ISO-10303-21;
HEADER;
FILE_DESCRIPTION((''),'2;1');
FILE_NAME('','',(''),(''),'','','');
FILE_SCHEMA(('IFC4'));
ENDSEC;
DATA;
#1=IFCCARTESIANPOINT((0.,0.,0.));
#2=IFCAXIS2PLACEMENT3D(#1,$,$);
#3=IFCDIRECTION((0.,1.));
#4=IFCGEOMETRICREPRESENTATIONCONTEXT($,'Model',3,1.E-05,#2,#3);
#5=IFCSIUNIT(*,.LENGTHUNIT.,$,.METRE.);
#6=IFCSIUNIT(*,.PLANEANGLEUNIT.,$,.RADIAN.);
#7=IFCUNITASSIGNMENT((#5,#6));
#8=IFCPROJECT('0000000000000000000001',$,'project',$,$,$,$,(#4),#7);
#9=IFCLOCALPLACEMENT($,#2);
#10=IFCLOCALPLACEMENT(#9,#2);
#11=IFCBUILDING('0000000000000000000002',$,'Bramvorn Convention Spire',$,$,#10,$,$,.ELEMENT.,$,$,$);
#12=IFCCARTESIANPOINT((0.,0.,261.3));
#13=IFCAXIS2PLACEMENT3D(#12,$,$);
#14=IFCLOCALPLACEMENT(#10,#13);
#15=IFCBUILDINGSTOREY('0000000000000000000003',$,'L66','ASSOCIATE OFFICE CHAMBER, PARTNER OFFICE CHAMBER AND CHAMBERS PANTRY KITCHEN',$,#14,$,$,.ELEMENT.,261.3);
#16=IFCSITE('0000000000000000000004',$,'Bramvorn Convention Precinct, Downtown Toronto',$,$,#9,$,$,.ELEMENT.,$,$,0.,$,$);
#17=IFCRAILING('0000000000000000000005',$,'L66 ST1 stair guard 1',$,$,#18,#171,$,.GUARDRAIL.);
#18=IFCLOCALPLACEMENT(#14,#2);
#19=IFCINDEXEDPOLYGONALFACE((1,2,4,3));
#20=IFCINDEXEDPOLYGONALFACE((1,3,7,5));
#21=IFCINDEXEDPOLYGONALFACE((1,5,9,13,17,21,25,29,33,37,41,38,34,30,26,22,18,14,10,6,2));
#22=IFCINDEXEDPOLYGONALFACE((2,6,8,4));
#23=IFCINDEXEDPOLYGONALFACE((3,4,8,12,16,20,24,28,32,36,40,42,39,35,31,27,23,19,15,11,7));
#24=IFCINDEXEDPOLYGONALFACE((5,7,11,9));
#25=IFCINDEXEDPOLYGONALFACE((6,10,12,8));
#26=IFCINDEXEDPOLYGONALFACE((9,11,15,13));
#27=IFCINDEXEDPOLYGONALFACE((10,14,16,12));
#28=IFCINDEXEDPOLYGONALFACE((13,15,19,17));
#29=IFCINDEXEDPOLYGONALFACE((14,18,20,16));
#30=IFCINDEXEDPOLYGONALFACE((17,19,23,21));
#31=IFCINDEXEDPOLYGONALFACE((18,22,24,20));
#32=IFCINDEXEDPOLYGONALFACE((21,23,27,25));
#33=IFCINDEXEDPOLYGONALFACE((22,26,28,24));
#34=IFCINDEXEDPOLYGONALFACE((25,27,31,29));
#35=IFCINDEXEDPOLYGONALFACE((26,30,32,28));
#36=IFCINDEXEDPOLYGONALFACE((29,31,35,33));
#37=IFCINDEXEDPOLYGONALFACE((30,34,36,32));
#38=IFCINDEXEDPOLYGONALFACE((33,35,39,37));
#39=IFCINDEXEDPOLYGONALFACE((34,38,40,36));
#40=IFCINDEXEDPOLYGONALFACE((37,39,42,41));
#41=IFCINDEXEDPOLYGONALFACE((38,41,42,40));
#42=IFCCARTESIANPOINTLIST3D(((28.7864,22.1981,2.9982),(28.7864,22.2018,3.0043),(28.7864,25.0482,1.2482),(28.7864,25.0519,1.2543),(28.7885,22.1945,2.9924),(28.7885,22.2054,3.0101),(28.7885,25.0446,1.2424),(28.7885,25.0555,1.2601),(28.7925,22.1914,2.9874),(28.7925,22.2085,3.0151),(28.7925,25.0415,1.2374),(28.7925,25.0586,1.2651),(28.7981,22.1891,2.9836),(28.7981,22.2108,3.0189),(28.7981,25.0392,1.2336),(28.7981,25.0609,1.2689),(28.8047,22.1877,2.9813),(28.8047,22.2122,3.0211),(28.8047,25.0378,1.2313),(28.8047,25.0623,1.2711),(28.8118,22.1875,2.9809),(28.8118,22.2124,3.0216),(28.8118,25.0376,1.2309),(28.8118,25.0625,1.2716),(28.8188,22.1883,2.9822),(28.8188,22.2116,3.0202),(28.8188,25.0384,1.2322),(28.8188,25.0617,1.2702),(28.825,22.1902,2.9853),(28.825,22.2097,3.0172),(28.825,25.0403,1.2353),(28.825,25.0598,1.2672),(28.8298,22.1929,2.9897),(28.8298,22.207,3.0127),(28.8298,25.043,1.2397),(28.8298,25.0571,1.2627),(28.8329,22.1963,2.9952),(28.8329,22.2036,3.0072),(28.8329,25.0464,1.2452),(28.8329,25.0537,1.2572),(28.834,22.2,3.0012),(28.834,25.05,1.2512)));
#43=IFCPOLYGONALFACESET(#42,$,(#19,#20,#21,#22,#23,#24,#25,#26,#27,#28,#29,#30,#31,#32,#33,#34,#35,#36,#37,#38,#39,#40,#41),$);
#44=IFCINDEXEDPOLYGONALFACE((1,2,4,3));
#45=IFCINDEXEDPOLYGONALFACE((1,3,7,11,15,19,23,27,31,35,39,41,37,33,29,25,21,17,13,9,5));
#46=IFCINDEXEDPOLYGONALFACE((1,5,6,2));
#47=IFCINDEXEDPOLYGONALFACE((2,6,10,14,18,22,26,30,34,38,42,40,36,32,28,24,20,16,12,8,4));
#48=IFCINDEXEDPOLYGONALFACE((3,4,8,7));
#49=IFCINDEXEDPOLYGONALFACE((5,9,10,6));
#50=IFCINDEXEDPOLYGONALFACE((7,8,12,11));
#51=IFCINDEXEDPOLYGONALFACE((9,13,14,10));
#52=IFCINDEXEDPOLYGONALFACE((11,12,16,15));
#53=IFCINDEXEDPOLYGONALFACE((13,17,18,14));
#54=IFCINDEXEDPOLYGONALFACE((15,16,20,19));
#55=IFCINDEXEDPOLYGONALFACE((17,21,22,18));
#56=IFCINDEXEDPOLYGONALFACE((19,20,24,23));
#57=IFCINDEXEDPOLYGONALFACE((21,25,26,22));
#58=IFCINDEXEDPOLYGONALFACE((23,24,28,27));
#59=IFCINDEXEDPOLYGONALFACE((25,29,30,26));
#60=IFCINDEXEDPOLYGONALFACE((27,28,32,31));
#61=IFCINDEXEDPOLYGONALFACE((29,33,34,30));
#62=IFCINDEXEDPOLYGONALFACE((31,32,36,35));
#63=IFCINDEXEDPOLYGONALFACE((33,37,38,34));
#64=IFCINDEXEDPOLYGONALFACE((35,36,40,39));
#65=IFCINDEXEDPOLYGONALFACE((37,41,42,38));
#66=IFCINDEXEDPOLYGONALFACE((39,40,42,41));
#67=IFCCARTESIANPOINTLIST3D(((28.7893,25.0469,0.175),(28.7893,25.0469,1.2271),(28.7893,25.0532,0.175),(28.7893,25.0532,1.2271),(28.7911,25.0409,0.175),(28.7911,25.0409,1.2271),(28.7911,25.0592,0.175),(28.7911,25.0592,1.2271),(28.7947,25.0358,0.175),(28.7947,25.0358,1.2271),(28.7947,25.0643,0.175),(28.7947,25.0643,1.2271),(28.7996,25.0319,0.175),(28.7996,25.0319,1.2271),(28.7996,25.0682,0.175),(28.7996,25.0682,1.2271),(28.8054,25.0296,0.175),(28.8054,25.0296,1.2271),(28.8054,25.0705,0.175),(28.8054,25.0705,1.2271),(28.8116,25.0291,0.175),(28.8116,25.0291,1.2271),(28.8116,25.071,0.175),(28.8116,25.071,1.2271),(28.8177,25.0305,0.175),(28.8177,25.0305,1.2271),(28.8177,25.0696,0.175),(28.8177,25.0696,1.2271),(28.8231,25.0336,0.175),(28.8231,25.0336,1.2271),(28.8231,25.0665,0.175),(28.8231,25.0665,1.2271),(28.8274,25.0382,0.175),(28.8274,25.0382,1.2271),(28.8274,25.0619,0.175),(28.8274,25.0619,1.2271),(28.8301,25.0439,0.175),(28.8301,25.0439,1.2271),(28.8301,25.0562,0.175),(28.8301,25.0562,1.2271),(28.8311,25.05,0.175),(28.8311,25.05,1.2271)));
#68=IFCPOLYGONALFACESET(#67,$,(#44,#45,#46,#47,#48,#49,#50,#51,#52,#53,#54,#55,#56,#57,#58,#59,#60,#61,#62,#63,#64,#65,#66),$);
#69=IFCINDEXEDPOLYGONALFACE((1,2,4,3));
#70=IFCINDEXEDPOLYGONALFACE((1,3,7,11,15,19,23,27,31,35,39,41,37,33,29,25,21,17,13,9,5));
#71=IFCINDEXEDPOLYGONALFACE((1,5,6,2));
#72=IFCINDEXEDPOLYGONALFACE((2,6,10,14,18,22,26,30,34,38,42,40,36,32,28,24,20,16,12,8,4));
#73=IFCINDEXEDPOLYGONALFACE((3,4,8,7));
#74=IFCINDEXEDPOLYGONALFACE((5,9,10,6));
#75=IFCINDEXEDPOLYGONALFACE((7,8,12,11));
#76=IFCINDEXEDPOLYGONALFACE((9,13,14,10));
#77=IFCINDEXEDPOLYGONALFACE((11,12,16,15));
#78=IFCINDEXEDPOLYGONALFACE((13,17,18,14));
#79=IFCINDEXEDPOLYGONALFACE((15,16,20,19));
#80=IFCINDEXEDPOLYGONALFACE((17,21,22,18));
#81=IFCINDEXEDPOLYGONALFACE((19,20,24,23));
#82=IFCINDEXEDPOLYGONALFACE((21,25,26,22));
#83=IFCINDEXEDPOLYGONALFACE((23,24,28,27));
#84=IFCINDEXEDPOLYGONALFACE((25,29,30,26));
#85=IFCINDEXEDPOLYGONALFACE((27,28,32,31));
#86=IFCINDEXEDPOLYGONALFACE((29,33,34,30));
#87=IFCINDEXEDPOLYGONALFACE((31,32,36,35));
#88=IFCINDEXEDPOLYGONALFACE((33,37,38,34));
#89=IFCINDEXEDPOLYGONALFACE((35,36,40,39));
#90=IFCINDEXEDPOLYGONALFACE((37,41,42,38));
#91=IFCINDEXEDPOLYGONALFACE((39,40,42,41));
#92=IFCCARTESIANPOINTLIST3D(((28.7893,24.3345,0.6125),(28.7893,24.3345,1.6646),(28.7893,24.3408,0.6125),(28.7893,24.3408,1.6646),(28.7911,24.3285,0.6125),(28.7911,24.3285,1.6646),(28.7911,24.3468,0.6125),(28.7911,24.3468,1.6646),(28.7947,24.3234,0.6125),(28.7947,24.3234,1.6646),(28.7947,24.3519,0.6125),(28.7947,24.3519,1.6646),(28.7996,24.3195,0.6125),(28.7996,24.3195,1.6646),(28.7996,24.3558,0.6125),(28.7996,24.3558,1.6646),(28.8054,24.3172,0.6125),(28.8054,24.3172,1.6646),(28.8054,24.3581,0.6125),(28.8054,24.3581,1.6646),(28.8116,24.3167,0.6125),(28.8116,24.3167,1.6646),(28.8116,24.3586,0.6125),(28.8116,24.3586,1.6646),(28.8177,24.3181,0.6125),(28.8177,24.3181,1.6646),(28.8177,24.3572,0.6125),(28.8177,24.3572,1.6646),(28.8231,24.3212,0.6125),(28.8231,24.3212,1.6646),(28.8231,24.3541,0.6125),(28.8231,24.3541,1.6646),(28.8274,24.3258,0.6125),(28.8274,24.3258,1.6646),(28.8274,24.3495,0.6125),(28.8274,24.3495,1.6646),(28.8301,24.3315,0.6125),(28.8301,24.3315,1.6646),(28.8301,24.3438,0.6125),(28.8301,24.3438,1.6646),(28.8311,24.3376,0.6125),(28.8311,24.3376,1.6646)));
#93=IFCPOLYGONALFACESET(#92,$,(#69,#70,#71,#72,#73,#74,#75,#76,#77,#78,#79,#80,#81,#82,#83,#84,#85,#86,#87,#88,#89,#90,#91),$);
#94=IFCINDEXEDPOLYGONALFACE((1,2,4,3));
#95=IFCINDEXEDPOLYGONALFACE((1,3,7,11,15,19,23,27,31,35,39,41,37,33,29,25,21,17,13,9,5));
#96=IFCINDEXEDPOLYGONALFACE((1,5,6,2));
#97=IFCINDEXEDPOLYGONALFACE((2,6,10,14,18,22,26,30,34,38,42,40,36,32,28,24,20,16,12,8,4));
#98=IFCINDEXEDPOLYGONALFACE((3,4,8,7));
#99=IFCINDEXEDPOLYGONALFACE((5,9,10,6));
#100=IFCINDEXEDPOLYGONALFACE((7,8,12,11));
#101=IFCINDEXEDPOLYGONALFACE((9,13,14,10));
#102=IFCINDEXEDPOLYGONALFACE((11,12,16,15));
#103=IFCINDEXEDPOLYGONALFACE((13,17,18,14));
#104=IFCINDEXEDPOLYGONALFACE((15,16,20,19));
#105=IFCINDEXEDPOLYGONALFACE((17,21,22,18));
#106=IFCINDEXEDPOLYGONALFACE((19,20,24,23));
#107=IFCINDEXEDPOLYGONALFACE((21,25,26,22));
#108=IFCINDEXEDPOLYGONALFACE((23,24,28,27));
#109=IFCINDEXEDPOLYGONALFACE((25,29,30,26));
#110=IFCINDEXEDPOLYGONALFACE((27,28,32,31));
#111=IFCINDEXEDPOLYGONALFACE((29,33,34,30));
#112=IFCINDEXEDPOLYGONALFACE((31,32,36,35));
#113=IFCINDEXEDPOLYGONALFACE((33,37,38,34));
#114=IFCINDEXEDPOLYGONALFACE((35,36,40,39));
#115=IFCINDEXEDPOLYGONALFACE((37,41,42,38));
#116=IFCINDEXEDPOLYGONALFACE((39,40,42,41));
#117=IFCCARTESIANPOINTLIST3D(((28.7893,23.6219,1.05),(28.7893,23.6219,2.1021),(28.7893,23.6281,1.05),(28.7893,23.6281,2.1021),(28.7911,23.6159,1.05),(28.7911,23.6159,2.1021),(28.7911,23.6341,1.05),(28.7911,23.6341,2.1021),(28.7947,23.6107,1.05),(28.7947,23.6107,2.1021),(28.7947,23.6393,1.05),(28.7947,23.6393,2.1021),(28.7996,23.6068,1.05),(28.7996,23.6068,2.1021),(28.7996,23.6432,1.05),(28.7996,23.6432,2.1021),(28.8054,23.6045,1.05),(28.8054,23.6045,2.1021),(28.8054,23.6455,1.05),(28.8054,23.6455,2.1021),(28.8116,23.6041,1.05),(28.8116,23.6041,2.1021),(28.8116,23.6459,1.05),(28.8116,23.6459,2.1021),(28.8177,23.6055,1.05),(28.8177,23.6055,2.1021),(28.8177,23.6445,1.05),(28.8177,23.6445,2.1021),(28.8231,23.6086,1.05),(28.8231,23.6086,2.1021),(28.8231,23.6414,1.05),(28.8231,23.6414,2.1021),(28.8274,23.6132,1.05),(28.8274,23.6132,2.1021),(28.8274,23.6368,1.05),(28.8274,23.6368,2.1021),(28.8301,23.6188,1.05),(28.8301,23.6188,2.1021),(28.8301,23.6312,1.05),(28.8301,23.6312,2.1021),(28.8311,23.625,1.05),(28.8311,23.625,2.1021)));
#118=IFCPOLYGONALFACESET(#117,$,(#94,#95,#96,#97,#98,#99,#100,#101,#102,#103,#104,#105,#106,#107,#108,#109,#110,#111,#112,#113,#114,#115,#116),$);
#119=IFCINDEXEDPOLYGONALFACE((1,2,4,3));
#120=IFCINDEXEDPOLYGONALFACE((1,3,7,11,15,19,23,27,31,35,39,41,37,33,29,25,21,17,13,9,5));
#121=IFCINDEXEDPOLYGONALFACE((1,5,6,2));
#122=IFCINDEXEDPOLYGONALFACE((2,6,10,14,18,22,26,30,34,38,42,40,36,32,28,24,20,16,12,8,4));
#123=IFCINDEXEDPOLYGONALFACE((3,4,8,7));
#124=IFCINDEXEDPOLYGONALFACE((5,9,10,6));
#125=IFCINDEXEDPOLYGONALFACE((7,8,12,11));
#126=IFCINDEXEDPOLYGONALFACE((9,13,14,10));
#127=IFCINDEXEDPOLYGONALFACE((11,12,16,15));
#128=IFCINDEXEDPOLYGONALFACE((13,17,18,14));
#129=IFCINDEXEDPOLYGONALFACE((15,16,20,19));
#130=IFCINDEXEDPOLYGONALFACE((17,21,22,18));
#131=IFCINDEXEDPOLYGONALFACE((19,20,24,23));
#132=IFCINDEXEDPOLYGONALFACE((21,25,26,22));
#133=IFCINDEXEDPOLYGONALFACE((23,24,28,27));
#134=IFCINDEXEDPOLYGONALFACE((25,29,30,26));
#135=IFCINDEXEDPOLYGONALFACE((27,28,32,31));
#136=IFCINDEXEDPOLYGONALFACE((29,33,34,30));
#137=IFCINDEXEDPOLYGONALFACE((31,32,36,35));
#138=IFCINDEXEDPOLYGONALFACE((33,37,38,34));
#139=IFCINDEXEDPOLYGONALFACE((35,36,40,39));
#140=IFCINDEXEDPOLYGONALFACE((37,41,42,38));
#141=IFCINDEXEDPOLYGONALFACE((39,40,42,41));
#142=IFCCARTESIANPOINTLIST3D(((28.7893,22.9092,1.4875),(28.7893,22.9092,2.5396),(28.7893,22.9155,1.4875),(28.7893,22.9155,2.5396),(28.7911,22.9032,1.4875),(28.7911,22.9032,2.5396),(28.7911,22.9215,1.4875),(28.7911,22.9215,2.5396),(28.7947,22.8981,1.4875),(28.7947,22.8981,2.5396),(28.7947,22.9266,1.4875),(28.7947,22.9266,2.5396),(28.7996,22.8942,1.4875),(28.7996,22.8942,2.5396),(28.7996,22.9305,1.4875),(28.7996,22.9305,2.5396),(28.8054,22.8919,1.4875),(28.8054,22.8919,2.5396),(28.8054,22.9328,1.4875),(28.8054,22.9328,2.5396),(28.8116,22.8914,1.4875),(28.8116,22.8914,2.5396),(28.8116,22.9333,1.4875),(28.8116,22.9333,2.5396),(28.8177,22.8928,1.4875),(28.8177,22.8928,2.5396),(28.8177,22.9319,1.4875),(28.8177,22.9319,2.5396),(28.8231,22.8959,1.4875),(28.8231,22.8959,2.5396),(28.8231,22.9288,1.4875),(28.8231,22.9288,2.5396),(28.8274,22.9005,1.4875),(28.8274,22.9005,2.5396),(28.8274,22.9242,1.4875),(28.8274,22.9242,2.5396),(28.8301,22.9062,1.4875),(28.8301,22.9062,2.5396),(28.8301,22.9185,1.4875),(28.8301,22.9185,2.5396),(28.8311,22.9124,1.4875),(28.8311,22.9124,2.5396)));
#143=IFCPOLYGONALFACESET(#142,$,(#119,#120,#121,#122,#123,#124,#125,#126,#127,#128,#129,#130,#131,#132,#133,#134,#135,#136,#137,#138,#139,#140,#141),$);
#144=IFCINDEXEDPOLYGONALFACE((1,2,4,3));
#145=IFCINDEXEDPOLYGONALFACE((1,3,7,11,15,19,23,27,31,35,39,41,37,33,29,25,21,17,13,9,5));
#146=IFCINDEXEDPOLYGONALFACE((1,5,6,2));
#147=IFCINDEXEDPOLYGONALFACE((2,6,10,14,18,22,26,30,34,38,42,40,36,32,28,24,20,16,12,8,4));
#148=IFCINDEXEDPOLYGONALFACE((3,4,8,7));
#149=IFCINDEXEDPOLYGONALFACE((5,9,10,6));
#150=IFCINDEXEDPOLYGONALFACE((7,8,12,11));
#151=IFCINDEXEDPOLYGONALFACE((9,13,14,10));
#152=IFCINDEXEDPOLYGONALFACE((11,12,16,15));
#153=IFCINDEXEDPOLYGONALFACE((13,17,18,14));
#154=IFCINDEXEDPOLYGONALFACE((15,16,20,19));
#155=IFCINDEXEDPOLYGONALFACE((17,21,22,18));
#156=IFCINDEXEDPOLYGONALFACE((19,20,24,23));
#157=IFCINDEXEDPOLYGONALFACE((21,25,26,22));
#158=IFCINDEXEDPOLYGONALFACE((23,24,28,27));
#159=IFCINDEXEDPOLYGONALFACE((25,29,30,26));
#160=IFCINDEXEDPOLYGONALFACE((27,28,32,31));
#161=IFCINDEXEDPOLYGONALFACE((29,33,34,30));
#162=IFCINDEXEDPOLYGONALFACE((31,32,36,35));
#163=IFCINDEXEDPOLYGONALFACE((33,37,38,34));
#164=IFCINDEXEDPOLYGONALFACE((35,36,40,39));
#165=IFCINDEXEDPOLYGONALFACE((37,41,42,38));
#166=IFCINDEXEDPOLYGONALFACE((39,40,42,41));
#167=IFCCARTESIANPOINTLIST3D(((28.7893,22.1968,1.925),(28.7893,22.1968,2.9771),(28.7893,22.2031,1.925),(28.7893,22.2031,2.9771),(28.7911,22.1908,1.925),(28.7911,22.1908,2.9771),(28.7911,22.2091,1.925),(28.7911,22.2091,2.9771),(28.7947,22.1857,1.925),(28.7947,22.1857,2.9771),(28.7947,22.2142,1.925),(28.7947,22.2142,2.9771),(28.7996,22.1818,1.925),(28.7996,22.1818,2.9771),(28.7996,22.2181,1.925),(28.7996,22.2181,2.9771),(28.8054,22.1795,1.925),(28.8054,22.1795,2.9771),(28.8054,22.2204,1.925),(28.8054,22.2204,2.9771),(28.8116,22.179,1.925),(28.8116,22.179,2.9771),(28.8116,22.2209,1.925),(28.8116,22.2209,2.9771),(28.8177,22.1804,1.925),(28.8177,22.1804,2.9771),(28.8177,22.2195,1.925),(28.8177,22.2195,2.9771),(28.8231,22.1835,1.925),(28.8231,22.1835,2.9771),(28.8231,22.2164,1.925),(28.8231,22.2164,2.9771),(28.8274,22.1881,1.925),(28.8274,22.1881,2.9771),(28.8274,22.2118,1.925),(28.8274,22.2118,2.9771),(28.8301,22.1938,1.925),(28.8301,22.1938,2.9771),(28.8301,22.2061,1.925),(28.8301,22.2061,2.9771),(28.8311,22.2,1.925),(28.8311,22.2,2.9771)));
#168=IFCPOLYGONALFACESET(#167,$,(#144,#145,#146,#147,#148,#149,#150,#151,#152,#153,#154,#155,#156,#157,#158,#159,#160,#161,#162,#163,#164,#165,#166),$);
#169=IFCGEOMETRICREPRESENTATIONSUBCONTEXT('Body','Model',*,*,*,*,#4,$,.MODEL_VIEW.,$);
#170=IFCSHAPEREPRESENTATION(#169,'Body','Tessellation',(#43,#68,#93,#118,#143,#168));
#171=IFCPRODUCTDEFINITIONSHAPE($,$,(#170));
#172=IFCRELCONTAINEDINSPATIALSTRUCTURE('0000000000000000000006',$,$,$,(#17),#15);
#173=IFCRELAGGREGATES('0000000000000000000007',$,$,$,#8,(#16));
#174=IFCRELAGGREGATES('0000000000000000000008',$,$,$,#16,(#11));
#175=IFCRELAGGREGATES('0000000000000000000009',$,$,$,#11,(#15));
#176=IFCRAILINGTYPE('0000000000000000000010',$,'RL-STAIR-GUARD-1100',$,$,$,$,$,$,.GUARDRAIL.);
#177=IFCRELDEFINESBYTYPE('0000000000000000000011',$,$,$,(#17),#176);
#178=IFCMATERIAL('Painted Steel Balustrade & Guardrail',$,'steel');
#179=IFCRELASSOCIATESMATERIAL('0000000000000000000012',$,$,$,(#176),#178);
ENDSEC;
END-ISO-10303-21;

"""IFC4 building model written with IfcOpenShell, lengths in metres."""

from ifc_helpers import new_model, si_unit, direction, frame, origin, origin_2d, place, context, subcontext, project, spatial, circle, extrude, material, type_object, element, save


model = new_model("IFC4")

# Units and contexts
model_context = context("Model", 3, precision=1e-05, world=origin(), true_north=direction((0.0, 1.0)))
body_context = subcontext(model_context, "Body", "Model", "MODEL_VIEW")
ifc_project = project(units=[si_unit("LENGTHUNIT", "METRE"), si_unit("PLANEANGLEUNIT", "RADIAN")], contexts=[model_context])

# Site, building, storey
site_placement = place(None, origin())
site = spatial("IfcSite", under=ifc_project, at=site_placement, Name="Bramvorn Convention Precinct, Downtown Toronto", CompositionType="ELEMENT", RefElevation=0.0)
building_placement = place(site_placement, origin())
building = spatial("IfcBuilding", under=site, at=building_placement, Name="Bramvorn Convention Spire", CompositionType="ELEMENT")
storey_placement = place(building_placement, frame((0.0, 0.0, 261.3)))
storey = spatial("IfcBuildingStorey", under=building, at=storey_placement, Name="L66", Description="ASSOCIATE OFFICE CHAMBER, PARTNER OFFICE CHAMBER AND CHAMBERS PANTRY KITCHEN", CompositionType="ELEMENT", Elevation=261.3)

# Railing
ifc_material_1 = material(Name="Painted Steel Balustrade & Guardrail", Category="steel")
railing_type_1 = type_object("IfcRailingType", Name="RL-STAIR-GUARD-1100", PredefinedType="GUARDRAIL", material=ifc_material_1)
railing_1_placement = place(storey_placement, frame((28.8101, 25.05, 0.175)))
element("IfcRailing", 1, at=railing_1_placement, inside=storey, type_object=railing_type_1, Name="L66 ST1 stair guard 1", PredefinedType="GUARDRAIL", context=body_context, shape_type="SweptSolid", body=[
    extrude(circle(Radius=0.0239, at=origin_2d()), frame((0.0, 0.0, 1.0762), z_axis=(0.0, -0.852179, 0.52325), x_axis=(1.0, 0.0, 0.0)), (0.0, 0.0, 1.0), 3.3445),
    extrude(circle(Radius=0.021, at=origin_2d()), origin(), (0.0, 0.0, 1.0), 1.052),
    extrude(circle(Radius=0.021, at=origin_2d()), frame((0.0, -0.7124, 0.4375)), (0.0, 0.0, 1.0), 1.052),
    extrude(circle(Radius=0.021, at=origin_2d()), frame((0.0, -1.425, 0.875)), (0.0, 0.0, 1.0), 1.052),
    extrude(circle(Radius=0.021, at=origin_2d()), frame((0.0, -2.1377, 1.3125)), (0.0, 0.0, 1.0), 1.052),
    extrude(circle(Radius=0.021, at=origin_2d()), frame((0.0, -2.8501, 1.75)), (0.0, 0.0, 1.0), 1.052),
])

save(model, "model.ifc")
